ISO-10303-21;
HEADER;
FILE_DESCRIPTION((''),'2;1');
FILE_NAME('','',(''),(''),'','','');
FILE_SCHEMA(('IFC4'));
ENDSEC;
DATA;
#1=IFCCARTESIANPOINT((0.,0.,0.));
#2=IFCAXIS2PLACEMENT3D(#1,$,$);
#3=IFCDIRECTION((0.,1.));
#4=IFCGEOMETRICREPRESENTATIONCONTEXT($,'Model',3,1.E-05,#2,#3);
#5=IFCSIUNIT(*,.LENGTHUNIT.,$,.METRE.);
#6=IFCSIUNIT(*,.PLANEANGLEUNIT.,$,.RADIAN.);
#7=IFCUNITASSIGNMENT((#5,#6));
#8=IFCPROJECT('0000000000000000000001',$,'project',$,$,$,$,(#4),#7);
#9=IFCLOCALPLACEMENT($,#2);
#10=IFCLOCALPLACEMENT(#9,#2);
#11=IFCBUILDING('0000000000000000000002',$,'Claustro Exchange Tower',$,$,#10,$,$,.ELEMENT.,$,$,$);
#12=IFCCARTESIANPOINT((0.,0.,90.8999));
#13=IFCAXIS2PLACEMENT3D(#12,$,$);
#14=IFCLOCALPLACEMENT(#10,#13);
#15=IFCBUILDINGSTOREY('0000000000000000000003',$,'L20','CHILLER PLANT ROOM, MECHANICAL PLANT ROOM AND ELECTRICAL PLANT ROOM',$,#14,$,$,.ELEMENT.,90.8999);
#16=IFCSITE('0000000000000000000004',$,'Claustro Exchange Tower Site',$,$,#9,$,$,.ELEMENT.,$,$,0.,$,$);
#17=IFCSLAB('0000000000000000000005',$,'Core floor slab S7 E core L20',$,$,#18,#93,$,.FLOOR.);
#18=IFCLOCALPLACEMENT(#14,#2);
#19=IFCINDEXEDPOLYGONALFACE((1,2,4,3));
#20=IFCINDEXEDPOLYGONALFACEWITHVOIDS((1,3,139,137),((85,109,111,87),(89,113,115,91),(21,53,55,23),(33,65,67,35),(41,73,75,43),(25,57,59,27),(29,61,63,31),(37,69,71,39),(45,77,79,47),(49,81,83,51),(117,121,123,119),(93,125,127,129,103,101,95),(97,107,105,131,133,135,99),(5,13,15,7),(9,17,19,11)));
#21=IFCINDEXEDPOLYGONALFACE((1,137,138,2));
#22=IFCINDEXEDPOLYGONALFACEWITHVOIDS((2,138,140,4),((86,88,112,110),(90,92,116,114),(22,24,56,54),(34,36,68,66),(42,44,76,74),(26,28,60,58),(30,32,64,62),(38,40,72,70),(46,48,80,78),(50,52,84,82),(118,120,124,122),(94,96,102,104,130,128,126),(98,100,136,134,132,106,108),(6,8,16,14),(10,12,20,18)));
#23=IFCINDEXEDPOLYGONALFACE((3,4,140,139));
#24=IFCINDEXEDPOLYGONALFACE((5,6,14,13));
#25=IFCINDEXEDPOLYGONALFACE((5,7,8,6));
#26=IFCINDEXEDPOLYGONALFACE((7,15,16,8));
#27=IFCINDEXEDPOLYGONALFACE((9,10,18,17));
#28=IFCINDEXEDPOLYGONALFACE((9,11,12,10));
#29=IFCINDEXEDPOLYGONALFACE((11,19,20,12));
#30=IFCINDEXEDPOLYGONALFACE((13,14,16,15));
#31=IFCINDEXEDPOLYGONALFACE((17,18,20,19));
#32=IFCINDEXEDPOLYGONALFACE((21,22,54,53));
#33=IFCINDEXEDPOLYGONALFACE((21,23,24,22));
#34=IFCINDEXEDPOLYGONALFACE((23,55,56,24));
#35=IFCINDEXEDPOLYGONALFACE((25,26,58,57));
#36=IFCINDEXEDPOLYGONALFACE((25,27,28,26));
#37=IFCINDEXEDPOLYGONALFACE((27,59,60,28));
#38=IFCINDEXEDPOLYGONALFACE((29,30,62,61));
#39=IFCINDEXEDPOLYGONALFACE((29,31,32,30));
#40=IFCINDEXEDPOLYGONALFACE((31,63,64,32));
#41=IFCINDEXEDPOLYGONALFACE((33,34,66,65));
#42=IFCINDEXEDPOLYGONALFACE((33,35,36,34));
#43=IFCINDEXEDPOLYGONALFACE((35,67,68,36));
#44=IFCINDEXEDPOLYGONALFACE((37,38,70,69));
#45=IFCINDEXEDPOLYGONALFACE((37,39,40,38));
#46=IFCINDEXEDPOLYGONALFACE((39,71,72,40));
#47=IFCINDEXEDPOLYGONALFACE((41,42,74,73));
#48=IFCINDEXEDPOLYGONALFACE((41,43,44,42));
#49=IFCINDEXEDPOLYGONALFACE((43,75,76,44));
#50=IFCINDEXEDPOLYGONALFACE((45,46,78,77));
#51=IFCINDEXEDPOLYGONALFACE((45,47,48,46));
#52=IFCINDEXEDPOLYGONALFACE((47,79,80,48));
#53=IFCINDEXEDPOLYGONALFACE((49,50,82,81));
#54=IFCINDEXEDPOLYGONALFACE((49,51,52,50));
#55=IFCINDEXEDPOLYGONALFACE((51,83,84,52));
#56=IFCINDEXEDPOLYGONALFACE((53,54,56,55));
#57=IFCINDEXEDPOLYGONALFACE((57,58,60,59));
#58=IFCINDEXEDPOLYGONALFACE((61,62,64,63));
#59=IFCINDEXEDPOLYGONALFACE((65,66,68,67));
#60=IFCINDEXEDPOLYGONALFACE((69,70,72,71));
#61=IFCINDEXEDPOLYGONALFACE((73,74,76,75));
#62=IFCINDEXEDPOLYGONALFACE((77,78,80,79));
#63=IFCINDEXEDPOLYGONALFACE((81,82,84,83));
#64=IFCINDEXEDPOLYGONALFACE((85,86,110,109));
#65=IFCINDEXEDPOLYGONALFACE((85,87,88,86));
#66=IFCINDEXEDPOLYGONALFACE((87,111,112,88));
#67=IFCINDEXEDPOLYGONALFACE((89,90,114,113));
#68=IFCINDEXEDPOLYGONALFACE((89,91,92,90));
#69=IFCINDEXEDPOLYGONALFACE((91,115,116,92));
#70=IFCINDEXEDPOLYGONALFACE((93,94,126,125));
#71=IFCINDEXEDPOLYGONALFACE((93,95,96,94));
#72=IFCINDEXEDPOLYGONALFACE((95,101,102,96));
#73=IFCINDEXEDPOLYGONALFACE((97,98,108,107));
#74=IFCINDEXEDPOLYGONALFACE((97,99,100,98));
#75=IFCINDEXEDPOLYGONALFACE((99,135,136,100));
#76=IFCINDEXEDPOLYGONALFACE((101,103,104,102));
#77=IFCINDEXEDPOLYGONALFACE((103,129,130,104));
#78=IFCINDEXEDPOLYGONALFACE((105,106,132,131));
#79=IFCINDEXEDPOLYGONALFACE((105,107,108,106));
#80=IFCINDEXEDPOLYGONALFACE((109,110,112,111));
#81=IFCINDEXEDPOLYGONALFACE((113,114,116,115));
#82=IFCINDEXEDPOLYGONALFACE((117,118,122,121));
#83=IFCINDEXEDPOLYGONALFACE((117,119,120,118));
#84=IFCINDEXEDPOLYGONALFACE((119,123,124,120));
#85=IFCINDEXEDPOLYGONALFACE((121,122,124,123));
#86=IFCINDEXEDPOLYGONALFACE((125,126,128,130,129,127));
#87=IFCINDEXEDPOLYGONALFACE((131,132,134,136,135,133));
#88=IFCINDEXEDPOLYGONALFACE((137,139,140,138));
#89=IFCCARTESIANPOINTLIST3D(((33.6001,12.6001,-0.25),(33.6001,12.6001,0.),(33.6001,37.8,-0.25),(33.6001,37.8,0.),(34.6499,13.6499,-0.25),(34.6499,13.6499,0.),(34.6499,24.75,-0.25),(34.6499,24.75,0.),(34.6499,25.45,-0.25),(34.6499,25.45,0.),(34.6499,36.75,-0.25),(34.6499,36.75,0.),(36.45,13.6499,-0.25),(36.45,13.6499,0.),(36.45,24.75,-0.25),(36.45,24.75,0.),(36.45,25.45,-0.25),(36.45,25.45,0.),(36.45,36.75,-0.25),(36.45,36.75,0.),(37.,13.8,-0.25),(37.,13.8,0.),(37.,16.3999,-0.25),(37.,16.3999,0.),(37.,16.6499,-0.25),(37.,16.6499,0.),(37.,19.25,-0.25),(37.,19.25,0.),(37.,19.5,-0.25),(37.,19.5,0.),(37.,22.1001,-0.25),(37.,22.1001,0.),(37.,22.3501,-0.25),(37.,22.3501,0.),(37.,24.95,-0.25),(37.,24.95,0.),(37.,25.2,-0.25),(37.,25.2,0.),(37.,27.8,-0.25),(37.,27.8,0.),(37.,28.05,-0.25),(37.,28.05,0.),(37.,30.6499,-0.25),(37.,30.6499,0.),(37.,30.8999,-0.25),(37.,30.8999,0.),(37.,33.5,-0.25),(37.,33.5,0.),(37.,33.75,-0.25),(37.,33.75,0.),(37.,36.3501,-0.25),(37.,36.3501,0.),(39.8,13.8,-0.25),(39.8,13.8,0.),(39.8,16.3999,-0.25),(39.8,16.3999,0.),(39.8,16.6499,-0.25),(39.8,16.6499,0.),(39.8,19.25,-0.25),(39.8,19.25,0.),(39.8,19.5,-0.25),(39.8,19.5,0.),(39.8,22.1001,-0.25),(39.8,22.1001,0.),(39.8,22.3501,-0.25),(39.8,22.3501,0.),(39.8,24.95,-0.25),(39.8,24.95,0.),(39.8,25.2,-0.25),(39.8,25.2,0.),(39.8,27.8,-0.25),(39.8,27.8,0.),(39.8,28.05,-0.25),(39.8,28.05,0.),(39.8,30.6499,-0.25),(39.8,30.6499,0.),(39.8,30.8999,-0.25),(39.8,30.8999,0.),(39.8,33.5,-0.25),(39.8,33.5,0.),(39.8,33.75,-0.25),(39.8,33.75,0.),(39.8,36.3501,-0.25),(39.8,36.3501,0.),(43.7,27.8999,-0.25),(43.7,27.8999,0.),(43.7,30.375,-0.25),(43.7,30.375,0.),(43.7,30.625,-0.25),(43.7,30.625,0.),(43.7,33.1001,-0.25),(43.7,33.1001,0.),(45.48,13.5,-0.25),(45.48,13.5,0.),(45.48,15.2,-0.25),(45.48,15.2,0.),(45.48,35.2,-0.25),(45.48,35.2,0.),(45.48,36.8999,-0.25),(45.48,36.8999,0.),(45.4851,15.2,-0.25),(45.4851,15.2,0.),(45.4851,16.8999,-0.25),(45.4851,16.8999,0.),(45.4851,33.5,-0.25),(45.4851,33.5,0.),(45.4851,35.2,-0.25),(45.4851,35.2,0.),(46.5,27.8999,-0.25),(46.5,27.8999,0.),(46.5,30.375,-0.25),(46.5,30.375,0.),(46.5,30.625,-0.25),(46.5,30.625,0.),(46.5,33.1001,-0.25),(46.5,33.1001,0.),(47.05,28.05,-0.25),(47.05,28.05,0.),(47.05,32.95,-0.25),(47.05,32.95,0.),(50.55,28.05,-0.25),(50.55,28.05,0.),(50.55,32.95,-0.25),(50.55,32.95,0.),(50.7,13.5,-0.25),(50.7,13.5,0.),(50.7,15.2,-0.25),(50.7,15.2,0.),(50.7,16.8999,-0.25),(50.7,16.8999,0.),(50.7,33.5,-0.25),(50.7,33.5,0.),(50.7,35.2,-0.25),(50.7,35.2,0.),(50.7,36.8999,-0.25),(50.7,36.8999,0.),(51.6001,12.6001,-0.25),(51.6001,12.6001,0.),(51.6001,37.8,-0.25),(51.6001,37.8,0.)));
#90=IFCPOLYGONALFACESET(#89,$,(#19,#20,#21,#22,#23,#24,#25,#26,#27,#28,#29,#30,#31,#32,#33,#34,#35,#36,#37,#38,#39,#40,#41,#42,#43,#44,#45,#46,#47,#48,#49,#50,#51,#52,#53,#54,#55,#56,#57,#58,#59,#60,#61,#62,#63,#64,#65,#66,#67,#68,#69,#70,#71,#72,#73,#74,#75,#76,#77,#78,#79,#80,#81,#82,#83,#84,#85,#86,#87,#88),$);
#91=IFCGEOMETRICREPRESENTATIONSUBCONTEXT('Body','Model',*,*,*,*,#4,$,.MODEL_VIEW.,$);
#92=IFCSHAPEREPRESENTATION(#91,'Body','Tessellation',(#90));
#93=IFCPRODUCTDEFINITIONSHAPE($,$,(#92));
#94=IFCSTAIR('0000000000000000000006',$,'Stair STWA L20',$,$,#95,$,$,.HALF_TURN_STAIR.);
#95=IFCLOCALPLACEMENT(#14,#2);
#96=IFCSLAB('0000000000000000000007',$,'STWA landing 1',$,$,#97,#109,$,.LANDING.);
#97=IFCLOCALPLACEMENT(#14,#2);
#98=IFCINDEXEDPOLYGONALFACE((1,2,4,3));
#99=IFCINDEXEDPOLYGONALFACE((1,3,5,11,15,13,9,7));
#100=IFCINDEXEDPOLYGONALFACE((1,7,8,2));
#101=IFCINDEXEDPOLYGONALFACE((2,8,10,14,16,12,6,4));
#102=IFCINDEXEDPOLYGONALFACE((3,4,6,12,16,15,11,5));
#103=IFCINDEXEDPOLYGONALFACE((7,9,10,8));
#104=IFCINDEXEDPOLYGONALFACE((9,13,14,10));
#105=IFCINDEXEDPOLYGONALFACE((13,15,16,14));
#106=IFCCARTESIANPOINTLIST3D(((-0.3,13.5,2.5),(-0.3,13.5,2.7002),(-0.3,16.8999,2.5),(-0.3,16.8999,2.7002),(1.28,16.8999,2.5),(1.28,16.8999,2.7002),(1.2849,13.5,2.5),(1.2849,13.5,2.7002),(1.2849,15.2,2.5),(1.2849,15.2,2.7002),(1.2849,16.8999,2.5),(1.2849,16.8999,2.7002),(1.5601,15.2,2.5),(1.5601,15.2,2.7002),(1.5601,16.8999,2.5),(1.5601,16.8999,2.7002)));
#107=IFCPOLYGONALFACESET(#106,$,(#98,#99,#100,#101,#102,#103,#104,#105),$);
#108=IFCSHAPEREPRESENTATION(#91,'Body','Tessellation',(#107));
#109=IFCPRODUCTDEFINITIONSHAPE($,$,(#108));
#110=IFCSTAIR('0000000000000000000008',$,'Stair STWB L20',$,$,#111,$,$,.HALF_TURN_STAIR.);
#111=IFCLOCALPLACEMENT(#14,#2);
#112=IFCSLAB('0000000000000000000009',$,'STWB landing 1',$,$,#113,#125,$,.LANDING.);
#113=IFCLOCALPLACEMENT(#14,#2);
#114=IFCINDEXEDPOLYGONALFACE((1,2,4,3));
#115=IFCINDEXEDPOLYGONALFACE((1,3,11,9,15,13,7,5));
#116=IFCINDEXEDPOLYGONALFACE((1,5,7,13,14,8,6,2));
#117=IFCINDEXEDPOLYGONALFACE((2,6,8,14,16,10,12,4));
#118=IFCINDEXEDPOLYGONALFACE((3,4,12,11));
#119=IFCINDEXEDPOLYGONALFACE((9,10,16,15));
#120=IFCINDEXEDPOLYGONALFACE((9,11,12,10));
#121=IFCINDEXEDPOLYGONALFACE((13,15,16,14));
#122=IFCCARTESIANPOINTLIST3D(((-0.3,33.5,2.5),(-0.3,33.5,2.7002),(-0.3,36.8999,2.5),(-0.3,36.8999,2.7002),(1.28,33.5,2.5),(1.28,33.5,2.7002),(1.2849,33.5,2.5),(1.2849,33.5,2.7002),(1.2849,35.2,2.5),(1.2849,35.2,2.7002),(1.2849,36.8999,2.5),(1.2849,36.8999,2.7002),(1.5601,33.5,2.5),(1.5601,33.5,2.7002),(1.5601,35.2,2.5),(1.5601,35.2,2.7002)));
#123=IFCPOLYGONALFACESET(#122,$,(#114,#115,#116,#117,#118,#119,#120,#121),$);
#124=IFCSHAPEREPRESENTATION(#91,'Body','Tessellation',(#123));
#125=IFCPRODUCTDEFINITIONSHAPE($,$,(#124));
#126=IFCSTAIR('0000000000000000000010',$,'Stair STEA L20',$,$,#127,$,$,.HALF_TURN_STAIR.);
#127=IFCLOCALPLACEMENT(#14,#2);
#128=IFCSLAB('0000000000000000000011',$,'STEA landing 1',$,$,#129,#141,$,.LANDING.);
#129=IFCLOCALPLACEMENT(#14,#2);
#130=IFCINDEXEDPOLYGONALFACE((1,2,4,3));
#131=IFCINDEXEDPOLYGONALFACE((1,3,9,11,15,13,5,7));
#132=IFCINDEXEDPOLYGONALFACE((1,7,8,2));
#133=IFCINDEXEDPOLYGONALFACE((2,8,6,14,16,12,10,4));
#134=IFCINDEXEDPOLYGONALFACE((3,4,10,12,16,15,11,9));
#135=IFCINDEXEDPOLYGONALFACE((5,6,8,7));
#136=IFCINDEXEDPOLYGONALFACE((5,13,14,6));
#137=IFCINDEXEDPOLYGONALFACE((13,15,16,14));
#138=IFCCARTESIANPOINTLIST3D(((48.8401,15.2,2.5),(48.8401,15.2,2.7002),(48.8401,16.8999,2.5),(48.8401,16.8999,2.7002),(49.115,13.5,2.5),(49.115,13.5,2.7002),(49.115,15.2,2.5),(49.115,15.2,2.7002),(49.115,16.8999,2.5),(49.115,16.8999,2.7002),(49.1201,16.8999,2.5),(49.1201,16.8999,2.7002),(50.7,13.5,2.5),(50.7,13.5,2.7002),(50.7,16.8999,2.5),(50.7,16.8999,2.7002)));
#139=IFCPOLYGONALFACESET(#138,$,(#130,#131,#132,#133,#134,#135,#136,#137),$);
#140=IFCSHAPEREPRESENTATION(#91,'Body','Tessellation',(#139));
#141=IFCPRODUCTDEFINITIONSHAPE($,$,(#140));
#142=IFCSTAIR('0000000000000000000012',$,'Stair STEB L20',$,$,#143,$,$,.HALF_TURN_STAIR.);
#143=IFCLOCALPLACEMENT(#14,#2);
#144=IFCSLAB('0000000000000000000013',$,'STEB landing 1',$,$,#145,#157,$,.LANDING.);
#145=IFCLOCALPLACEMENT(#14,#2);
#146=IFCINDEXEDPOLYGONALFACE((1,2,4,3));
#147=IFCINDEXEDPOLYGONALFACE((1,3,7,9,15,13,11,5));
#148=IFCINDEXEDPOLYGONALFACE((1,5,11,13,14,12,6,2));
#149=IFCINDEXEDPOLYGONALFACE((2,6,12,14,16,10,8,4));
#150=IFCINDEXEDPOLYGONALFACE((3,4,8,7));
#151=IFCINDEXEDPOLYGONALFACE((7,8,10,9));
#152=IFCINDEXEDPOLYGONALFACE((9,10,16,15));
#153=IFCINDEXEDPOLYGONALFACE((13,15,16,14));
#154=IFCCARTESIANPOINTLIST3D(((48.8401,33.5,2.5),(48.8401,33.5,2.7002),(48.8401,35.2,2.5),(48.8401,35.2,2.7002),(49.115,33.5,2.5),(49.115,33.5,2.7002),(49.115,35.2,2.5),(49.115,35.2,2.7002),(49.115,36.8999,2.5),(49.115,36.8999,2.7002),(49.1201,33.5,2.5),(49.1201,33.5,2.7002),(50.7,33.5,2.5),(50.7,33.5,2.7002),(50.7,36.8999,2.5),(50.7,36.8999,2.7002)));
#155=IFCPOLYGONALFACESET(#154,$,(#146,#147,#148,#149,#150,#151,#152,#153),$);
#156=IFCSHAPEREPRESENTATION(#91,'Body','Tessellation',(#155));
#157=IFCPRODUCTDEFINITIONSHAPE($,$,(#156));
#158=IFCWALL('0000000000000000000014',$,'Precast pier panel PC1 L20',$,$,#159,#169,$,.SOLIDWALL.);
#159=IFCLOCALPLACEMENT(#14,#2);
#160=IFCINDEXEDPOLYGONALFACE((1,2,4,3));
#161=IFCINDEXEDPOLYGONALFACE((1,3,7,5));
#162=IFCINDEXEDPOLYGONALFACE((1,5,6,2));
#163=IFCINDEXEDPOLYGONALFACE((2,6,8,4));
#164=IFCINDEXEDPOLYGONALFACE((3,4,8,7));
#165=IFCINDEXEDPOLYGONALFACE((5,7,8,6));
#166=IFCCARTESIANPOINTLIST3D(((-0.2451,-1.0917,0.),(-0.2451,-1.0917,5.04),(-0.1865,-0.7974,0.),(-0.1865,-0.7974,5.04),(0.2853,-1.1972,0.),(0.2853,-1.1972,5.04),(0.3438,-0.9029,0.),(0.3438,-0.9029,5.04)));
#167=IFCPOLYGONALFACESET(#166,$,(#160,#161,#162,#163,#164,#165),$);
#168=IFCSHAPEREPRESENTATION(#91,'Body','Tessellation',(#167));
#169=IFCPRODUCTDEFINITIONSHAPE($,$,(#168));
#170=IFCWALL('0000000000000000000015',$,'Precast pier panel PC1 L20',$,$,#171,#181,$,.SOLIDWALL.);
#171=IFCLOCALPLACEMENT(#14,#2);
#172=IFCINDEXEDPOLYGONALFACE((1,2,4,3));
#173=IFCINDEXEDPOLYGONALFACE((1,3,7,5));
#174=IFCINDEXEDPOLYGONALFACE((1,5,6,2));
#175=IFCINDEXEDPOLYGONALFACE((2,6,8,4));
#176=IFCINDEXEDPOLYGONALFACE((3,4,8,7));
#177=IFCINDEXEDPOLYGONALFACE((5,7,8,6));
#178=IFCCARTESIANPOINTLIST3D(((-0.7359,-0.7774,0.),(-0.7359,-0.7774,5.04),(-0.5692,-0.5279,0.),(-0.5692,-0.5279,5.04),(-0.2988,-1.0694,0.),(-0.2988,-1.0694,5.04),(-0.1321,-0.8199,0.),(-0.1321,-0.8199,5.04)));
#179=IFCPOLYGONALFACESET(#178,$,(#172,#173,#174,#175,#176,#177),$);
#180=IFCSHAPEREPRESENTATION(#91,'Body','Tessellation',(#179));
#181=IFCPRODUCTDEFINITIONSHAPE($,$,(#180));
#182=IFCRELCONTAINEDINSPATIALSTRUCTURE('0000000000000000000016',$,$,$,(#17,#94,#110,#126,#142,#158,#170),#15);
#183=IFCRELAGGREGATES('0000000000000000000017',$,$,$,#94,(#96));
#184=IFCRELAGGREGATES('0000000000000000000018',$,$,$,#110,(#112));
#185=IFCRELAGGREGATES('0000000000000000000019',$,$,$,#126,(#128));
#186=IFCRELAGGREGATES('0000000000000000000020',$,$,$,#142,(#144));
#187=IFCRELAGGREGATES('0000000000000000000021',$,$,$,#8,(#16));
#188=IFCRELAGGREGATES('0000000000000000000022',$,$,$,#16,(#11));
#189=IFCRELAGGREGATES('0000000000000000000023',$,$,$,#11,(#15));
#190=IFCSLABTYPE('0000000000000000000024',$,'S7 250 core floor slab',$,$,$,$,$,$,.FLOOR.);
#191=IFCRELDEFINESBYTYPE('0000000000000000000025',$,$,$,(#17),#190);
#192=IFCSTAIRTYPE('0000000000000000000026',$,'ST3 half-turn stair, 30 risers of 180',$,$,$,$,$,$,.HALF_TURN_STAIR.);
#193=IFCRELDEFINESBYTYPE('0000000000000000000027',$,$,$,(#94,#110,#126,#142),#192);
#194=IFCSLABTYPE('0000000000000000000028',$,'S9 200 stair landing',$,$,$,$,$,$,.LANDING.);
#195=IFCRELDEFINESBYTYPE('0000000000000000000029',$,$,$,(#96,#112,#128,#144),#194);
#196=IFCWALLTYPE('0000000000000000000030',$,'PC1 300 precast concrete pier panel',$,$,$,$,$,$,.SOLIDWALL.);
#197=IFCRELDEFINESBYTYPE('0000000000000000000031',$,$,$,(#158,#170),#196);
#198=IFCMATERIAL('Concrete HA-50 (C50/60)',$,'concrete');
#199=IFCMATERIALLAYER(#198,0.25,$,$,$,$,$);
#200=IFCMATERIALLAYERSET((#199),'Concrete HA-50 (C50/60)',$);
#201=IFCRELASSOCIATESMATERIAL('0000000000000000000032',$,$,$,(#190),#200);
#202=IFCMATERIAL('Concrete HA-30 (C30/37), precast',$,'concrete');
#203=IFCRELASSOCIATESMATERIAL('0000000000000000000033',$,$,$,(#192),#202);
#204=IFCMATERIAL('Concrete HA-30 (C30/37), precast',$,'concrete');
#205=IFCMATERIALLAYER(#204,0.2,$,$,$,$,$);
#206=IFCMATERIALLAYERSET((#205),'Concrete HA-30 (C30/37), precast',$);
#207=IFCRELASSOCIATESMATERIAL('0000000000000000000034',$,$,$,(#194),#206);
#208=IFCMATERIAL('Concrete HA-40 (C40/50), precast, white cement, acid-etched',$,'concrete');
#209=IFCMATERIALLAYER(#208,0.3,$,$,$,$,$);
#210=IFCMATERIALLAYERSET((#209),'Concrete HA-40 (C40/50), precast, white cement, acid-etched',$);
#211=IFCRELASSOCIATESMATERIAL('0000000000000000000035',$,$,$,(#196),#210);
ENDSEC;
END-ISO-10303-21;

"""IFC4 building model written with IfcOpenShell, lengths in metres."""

from ifc_helpers import new_model, si_unit, direction, frame, frame_2d, origin, place, context, subcontext, project, spatial, polyline, rectangle, outline, extrude, material, layer, layer_set, type_object, element, aggregate, save


model = new_model("IFC4")

# Units and contexts
model_context = context("Model", 3, precision=1e-05, world=origin(), true_north=direction((0.0, 1.0)))
body_context = subcontext(model_context, "Body", "Model", "MODEL_VIEW")
ifc_project = project(units=[si_unit("LENGTHUNIT", "METRE"), si_unit("PLANEANGLEUNIT", "RADIAN")], contexts=[model_context])

# Site, building, storey
site_placement = place(None, origin())
site = spatial("IfcSite", under=ifc_project, at=site_placement, Name="Claustro Exchange Tower Site", CompositionType="ELEMENT", RefElevation=0.0)
building_placement = place(site_placement, origin())
building = spatial("IfcBuilding", under=site, at=building_placement, Name="Claustro Exchange Tower", CompositionType="ELEMENT")
storey_placement = place(building_placement, frame((0.0, 0.0, 90.8999)))
storey = spatial("IfcBuildingStorey", under=building, at=storey_placement, Name="L20", Description="CHILLER PLANT ROOM, MECHANICAL PLANT ROOM AND ELECTRICAL PLANT ROOM", CompositionType="ELEMENT", Elevation=90.8999)

# Slab
ifc_material_1 = material(Name="Concrete HA-50 (C50/60)", Category="concrete")
ifc_layer_1 = layer(ifc_material_1, 0.25)
ifc_layer_set_1 = layer_set([ifc_layer_1], Name="Concrete HA-50 (C50/60)")
slab_type_1 = type_object("IfcSlabType", Name="S7 250 core floor slab", PredefinedType="FLOOR", material=ifc_layer_set_1)
slab_1_placement = place(storey_placement, frame((0.0, 0.0, -0.25)))
element("IfcSlab", 1, at=slab_1_placement, inside=storey, type_object=slab_type_1, Name="Core floor slab S7 E core L20", PredefinedType="FLOOR", context=body_context, shape_type="SweptSolid", body=[
    extrude(outline(polyline([(33.6001, 12.6001), (51.6001, 12.6001), (51.6001, 37.8), (33.6001, 37.8), (33.6001, 12.6001)]), holes=[polyline([(45.48, 35.2), (45.48, 36.8999), (50.7, 36.8999), (50.7, 35.2), (50.7, 33.5), (45.4851, 33.5), (45.4851, 35.2), (45.48, 35.2)]), polyline([(45.4851, 15.2), (45.4851, 16.8999), (50.7, 16.8999), (50.7, 15.2), (50.7, 13.5), (45.48, 13.5), (45.48, 15.2), (45.4851, 15.2)]), polyline([(50.55, 32.95), (50.55, 28.05), (47.05, 28.05), (47.05, 32.95), (50.55, 32.95)]), polyline([(46.5, 30.375), (46.5, 27.8999), (43.7, 27.8999), (43.7, 30.375), (46.5, 30.375)]), polyline([(46.5, 33.1001), (46.5, 30.625), (43.7, 30.625), (43.7, 33.1001), (46.5, 33.1001)]), polyline([(37.0, 16.3999), (39.8, 16.3999), (39.8, 13.8), (37.0, 13.8), (37.0, 16.3999)]), polyline([(39.8, 19.25), (39.8, 16.6499), (37.0, 16.6499), (37.0, 19.25), (39.8, 19.25)]), polyline([(39.8, 22.1001), (39.8, 19.5), (37.0, 19.5), (37.0, 22.1001), (39.8, 22.1001)]), polyline([(39.8, 24.95), (39.8, 22.3501), (37.0, 22.3501), (37.0, 24.95), (39.8, 24.95)]), polyline([(39.8, 27.8), (39.8, 25.2), (37.0, 25.2), (37.0, 27.8), (39.8, 27.8)]), polyline([(39.8, 30.6499), (39.8, 28.05), (37.0, 28.05), (37.0, 30.6499), (39.8, 30.6499)]), polyline([(39.8, 33.5), (39.8, 30.8999), (37.0, 30.8999), (37.0, 33.5), (39.8, 33.5)]), polyline([(39.8, 36.3501), (39.8, 33.75), (37.0, 33.75), (37.0, 36.3501), (39.8, 36.3501)]), polyline([(36.45, 24.75), (36.45, 13.6499), (34.6499, 13.6499), (34.6499, 24.75), (36.45, 24.75)]), polyline([(36.45, 36.75), (36.45, 25.45), (34.6499, 25.45), (34.6499, 36.75), (36.45, 36.75)])]), origin(), (0.0, 0.0, 1.0), 0.25),
])

# Stairs, slabs
ifc_material_2 = material(Name="Concrete HA-30 (C30/37), precast", Category="concrete")
stair_type = type_object("IfcStairType", Name="ST3 half-turn stair, 30 risers of 180", PredefinedType="HALF_TURN_STAIR", material=ifc_material_2)
stair_1_placement = place(storey_placement, origin())
stair_1 = element("IfcStair", 2, at=stair_1_placement, inside=storey, type_object=stair_type, Name="Stair STWA L20", PredefinedType="HALF_TURN_STAIR")
ifc_material_3 = material(Name="Concrete HA-30 (C30/37), precast", Category="concrete")
ifc_layer_2 = layer(ifc_material_3, 0.2)
ifc_layer_set_2 = layer_set([ifc_layer_2], Name="Concrete HA-30 (C30/37), precast")
slab_type_2 = type_object("IfcSlabType", Name="S9 200 stair landing", PredefinedType="LANDING", material=ifc_layer_set_2)
slab_2_placement = place(storey_placement, frame((0.0, 0.0, 2.5)))
slab_2 = element("IfcSlab", 3, at=slab_2_placement, type_object=slab_type_2, Name="STWA landing 1", PredefinedType="LANDING", context=body_context, shape_type="SweptSolid", body=[
    extrude(outline(polyline([(1.2849, 13.5), (-0.3, 13.5), (-0.3, 16.8999), (1.28, 16.8999), (1.2849, 16.8999), (1.5601, 16.8999), (1.5601, 15.2), (1.2849, 15.2), (1.2849, 13.5)])), origin(), (0.0, 0.0, 1.0), 0.2002),
])
aggregate(stair_1, [slab_2])
stair_2_placement = place(storey_placement, origin())
stair_2 = element("IfcStair", 4, at=stair_2_placement, inside=storey, type_object=stair_type, Name="Stair STWB L20", PredefinedType="HALF_TURN_STAIR")
slab_3_placement = place(storey_placement, frame((0.0, 0.0, 2.5)))
slab_3 = element("IfcSlab", 5, at=slab_3_placement, type_object=slab_type_2, Name="STWB landing 1", PredefinedType="LANDING", context=body_context, shape_type="SweptSolid", body=[
    extrude(outline(polyline([(1.5601, 35.2), (1.5601, 33.5), (1.2849, 33.5), (1.28, 33.5), (-0.3, 33.5), (-0.3, 36.8999), (1.2849, 36.8999), (1.2849, 35.2), (1.5601, 35.2)])), origin(), (0.0, 0.0, 1.0), 0.2002),
])
aggregate(stair_2, [slab_3])
stair_3_placement = place(storey_placement, origin())
stair_3 = element("IfcStair", 6, at=stair_3_placement, inside=storey, type_object=stair_type, Name="Stair STEA L20", PredefinedType="HALF_TURN_STAIR")
slab_4_placement = place(storey_placement, frame((0.0, 0.0, 2.5)))
slab_4 = element("IfcSlab", 7, at=slab_4_placement, type_object=slab_type_2, Name="STEA landing 1", PredefinedType="LANDING", context=body_context, shape_type="SweptSolid", body=[
    extrude(outline(polyline([(50.7, 16.8999), (50.7, 13.5), (49.115, 13.5), (49.115, 15.2), (48.8401, 15.2), (48.8401, 16.8999), (49.115, 16.8999), (49.1201, 16.8999), (50.7, 16.8999)])), origin(), (0.0, 0.0, 1.0), 0.2002),
])
aggregate(stair_3, [slab_4])
stair_4_placement = place(storey_placement, origin())
stair_4 = element("IfcStair", 8, at=stair_4_placement, inside=storey, type_object=stair_type, Name="Stair STEB L20", PredefinedType="HALF_TURN_STAIR")
slab_5_placement = place(storey_placement, frame((0.0, 0.0, 2.5)))
slab_5 = element("IfcSlab", 9, at=slab_5_placement, type_object=slab_type_2, Name="STEB landing 1", PredefinedType="LANDING", context=body_context, shape_type="SweptSolid", body=[
    extrude(outline(polyline([(48.8401, 33.5), (48.8401, 35.2), (49.115, 35.2), (49.115, 36.8999), (50.7, 36.8999), (50.7, 33.5), (49.1201, 33.5), (49.115, 33.5), (48.8401, 33.5)])), origin(), (0.0, 0.0, 1.0), 0.2002),
])
aggregate(stair_4, [slab_5])

# Walls
ifc_material_4 = material(Name="Concrete HA-40 (C40/50), precast, white cement, acid-etched", Category="concrete")
ifc_layer_3 = layer(ifc_material_4, 0.3)
ifc_layer_set_3 = layer_set([ifc_layer_3], Name="Concrete HA-40 (C40/50), precast, white cement, acid-etched")
wall_type = type_object("IfcWallType", Name="PC1 300 precast concrete pier panel", PredefinedType="SOLIDWALL", material=ifc_layer_set_3)
wall_1_placement = place(storey_placement, frame((0.3147, -1.05, 0.0), z_axis=(0.0, 0.0, 1.0), x_axis=(-0.980789, 0.195074, 0.0)))
element("IfcWall", 10, at=wall_1_placement, inside=storey, type_object=wall_type, Name="Precast pier panel PC1 L20", PredefinedType="SOLIDWALL", context=body_context, shape_type="SweptSolid", body=[
    extrude(rectangle(XDim=0.5408, YDim=0.3, at=frame_2d((0.2705, 0.0))), origin(), (0.0, 0.0, 1.0), 5.04),
])
for number, where, z_axis, x_axis, name in (
    (11, (-0.2156, -0.9446, 0.0), (0.0, 0.0, 1.0), (-0.831478, 0.555557, 0.0), "Precast pier panel PC1 L20"),
):
    element("IfcWall", number, at=place(storey_placement, frame(where, z_axis=z_axis, x_axis=x_axis)), inside=storey, type_object=wall_type, Name=name, PredefinedType="SOLIDWALL", context=body_context, shape_type="SweptSolid", body=[
        extrude(rectangle(XDim=0.5256, YDim=0.3, at=frame_2d((0.2627, 0.0))), origin(), (0.0, 0.0, 1.0), 5.04),
    ])

save(model, "model.ifc")
